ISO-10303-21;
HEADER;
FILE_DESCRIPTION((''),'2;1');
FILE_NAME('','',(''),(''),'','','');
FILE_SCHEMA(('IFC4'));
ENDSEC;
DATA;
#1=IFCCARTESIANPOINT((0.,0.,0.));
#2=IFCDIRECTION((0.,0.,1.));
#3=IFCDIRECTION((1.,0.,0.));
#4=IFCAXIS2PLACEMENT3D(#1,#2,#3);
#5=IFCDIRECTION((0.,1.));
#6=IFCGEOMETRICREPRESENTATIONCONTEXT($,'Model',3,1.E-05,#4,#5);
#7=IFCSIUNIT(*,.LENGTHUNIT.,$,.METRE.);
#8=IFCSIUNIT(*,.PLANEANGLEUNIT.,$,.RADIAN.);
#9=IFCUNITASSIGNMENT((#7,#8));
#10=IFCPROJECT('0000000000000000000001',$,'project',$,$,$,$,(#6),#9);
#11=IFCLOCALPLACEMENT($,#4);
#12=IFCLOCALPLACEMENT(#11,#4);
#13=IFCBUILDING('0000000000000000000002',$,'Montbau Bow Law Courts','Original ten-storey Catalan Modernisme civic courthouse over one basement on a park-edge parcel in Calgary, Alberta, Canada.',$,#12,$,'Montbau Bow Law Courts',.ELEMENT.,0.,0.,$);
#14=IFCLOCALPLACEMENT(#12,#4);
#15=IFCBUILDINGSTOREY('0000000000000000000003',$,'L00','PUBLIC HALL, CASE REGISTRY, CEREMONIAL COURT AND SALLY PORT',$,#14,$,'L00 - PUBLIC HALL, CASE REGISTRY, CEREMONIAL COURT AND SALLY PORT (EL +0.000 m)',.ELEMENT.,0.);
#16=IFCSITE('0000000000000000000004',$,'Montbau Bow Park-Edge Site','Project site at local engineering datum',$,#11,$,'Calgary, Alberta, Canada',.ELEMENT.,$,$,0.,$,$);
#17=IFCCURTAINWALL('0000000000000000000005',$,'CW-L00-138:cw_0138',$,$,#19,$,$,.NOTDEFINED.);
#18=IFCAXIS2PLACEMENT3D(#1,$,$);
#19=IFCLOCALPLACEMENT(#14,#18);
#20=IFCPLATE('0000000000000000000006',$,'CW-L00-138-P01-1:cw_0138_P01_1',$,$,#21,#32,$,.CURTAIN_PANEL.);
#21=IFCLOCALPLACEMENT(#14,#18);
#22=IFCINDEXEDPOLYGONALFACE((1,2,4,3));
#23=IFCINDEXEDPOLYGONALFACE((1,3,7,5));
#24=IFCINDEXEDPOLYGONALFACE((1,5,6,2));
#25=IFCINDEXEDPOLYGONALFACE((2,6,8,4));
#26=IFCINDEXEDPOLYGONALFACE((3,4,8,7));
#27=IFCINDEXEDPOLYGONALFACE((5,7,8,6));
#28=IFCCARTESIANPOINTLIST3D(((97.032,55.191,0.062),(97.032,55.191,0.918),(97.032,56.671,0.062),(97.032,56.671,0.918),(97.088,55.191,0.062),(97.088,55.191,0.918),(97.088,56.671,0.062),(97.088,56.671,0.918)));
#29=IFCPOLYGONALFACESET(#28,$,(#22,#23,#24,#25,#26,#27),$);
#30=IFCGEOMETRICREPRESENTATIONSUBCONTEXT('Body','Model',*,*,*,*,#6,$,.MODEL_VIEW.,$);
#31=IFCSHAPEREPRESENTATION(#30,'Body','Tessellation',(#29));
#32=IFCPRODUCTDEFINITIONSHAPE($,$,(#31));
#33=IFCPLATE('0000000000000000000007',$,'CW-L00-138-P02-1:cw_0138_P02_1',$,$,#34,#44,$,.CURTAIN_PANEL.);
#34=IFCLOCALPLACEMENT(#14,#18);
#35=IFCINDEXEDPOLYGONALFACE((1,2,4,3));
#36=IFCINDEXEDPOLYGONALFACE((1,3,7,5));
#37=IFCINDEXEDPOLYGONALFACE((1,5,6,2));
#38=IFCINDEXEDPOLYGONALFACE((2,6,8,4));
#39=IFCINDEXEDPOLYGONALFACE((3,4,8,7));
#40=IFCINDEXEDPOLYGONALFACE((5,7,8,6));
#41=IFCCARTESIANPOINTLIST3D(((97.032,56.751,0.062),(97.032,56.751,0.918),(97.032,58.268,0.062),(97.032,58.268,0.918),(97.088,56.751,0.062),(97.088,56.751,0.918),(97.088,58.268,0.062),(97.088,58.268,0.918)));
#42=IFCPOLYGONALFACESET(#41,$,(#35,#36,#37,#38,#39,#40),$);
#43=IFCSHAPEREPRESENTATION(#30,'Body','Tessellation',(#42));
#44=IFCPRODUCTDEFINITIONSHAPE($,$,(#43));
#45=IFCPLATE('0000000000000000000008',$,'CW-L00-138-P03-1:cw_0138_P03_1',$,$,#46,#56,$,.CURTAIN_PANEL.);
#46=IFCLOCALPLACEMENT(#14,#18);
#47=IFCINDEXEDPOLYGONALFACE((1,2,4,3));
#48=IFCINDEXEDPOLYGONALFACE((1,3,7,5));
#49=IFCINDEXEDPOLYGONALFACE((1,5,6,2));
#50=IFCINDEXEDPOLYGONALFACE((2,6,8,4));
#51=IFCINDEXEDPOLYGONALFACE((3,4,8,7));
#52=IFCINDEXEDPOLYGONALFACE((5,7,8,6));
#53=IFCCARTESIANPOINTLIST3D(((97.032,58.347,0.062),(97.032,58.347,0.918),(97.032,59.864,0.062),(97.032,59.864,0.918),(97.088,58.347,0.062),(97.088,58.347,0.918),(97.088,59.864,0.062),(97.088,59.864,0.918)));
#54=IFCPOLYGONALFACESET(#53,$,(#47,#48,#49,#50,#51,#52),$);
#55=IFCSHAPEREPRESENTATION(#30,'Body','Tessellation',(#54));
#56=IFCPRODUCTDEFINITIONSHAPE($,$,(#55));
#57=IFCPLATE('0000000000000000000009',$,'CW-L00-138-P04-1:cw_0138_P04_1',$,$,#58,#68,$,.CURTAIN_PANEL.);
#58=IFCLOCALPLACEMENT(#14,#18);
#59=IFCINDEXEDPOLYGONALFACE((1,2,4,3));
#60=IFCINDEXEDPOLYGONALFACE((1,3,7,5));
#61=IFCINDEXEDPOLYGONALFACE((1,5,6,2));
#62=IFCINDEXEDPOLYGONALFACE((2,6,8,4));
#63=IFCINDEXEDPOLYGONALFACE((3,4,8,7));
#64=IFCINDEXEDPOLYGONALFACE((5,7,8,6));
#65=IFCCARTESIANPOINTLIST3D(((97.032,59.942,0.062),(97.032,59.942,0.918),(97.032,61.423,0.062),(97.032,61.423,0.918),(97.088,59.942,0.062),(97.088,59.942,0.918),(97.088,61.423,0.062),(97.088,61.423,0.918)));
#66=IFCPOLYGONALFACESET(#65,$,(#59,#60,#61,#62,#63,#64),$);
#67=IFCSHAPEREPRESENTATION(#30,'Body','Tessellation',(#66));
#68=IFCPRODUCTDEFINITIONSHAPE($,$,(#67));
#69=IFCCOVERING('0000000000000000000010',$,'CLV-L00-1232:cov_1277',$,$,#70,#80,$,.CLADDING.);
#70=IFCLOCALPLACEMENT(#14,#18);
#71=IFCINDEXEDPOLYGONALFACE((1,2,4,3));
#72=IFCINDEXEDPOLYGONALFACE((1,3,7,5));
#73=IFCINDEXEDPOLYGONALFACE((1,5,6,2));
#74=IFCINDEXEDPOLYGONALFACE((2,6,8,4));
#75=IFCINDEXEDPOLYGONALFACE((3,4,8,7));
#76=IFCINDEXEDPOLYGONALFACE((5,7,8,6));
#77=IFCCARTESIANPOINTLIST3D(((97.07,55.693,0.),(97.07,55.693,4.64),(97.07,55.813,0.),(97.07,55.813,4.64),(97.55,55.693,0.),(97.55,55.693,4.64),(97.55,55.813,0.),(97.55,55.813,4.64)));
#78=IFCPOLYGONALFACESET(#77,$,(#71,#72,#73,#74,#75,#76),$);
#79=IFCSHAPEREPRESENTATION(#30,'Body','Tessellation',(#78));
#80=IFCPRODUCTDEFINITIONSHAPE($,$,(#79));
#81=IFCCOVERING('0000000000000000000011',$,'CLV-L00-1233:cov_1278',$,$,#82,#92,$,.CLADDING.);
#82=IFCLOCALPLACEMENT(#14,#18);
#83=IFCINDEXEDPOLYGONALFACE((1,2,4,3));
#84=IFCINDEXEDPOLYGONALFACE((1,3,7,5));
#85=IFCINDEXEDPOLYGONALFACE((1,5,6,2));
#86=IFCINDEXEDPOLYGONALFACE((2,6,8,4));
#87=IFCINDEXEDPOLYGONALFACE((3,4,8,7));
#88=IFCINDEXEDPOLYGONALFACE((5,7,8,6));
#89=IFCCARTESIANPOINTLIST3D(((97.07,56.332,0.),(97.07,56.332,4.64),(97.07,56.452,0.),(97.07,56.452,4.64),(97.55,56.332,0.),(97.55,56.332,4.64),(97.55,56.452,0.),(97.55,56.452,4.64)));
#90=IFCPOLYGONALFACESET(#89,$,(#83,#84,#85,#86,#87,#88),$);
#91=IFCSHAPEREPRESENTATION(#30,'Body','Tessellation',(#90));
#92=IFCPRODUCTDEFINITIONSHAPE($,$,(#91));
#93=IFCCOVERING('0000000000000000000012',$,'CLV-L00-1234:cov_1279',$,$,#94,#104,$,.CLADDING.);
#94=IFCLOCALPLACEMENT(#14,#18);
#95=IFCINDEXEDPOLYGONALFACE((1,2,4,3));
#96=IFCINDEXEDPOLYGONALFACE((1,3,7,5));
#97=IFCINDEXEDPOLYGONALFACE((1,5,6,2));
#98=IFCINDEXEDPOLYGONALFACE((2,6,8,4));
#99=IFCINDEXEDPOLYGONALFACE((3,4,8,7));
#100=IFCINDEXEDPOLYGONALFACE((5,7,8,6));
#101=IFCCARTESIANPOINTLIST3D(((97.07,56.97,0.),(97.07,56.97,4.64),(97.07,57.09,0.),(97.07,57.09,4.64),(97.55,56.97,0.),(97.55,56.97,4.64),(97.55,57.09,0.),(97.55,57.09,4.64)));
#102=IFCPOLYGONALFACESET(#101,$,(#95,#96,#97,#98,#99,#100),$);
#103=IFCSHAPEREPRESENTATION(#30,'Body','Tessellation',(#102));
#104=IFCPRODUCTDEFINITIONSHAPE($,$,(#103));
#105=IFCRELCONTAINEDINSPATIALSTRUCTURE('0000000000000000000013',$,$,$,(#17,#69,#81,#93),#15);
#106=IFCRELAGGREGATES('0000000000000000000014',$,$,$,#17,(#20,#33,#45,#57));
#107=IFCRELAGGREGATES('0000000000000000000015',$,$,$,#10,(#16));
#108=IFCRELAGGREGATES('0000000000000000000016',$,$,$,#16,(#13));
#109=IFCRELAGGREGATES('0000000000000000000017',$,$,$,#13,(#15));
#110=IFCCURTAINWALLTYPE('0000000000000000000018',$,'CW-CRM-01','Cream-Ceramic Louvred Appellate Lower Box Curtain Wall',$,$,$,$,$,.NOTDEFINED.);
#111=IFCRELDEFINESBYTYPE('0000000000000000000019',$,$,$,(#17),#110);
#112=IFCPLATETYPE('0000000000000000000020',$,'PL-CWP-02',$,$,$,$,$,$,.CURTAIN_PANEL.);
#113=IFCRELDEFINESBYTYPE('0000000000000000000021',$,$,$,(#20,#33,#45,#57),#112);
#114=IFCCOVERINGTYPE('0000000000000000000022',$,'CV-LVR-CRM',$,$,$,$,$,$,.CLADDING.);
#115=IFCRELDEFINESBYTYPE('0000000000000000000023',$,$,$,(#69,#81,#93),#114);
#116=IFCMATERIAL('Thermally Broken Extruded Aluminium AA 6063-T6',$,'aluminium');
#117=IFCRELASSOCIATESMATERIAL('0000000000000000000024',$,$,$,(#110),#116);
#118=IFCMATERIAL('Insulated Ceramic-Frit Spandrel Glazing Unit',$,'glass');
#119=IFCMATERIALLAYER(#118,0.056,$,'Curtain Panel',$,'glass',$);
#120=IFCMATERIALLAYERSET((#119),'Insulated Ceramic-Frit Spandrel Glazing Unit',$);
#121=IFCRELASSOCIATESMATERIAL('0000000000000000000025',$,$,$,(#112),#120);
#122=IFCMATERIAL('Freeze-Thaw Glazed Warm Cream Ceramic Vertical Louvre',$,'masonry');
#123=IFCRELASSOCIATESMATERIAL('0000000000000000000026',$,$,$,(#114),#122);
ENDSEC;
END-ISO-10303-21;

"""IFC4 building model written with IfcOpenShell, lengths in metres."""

from ifc_helpers import new_model, si_unit, direction, frame, frame_2d, origin_with_axes, place, context, subcontext, project, spatial, rectangle, extrude, material, layer, layer_set, type_object, element, aggregate, save


model = new_model("IFC4")

# Units and contexts
model_context = context("Model", 3, precision=1e-05, world=origin_with_axes(), true_north=direction((0.0, 1.0)))
body_context = subcontext(model_context, "Body", "Model", "MODEL_VIEW")
ifc_project = project(units=[si_unit("LENGTHUNIT", "METRE"), si_unit("PLANEANGLEUNIT", "RADIAN")], contexts=[model_context])

# Site, building, storey
site_placement = place(None, origin_with_axes())
site = spatial("IfcSite", under=ifc_project, at=site_placement, Name="Montbau Bow Park-Edge Site", Description="Project site at local engineering datum", LongName="Calgary, Alberta, Canada", CompositionType="ELEMENT", RefElevation=0.0)
building_placement = place(site_placement, origin_with_axes())
building = spatial("IfcBuilding", under=site, at=building_placement, Name="Montbau Bow Law Courts", Description="Original ten-storey Catalan Modernisme civic courthouse over one basement on a park-edge parcel in Calgary, Alberta, Canada.", LongName="Montbau Bow Law Courts", CompositionType="ELEMENT", ElevationOfRefHeight=0.0, ElevationOfTerrain=0.0)
storey_placement = place(building_placement, origin_with_axes())
storey = spatial("IfcBuildingStorey", under=building, at=storey_placement, Name="L00", Description="PUBLIC HALL, CASE REGISTRY, CEREMONIAL COURT AND SALLY PORT", LongName="L00 - PUBLIC HALL, CASE REGISTRY, CEREMONIAL COURT AND SALLY PORT (EL +0.000 m)", CompositionType="ELEMENT", Elevation=0.0)

# Curtain wall
ifc_material_1 = material(Name="Thermally Broken Extruded Aluminium AA 6063-T6", Category="aluminium")
curtain_wall_type = type_object("IfcCurtainWallType", Name="CW-CRM-01", Description="Cream-Ceramic Louvred Appellate Lower Box Curtain Wall", PredefinedType="NOTDEFINED", material=ifc_material_1)
curtain_wall_1_placement = place(None, frame((97.06, 55.115, 0.0), z_axis=(0.0, 0.0, 1.0), x_axis=(1.0, 0.0, 0.0)))
curtain_wall_1 = element("IfcCurtainWall", 1, at=curtain_wall_1_placement, inside=storey, type_object=curtain_wall_type, Name="CW-L00-138:cw_0138", PredefinedType="NOTDEFINED")

# Plates
ifc_material_2 = material(Name="Insulated Ceramic-Frit Spandrel Glazing Unit", Category="glass")
ifc_layer_1 = layer(ifc_material_2, 0.056, Name="Curtain Panel", Category="glass")
ifc_layer_set_1 = layer_set([ifc_layer_1], Name="Insulated Ceramic-Frit Spandrel Glazing Unit")
plate_type_1 = type_object("IfcPlateType", Name="PL-CWP-02", PredefinedType="CURTAIN_PANEL", material=ifc_layer_set_1)
plate_1_placement = place(None, frame((97.06, 55.191, 0.062), z_axis=(1.0, 0.0, 0.0), x_axis=(0.0, 1.0, 0.0)))
plate_1 = element("IfcPlate", 2, at=plate_1_placement, type_object=plate_type_1, Name="CW-L00-138-P01-1:cw_0138_P01_1", PredefinedType="CURTAIN_PANEL", context=body_context, shape_type="SweptSolid", body=[
    extrude(rectangle(XDim=1.48, YDim=0.856, at=frame_2d((0.74, 0.428), x_axis=(1.0, 0.0))), frame((0.0, 0.0, -0.028), z_axis=(0.0, 0.0, 1.0), x_axis=(1.0, 0.0, 0.0)), (0.0, 0.0, 1.0), 0.056),
])
plate_2_placement = place(None, frame((97.06, 56.751, 0.062), z_axis=(1.0, 0.0, 0.0), x_axis=(0.0, 1.0, 0.0)))
plate_2 = element("IfcPlate", 3, at=plate_2_placement, type_object=plate_type_1, Name="CW-L00-138-P02-1:cw_0138_P02_1", PredefinedType="CURTAIN_PANEL", context=body_context, shape_type="SweptSolid", body=[
    extrude(rectangle(XDim=1.517, YDim=0.856, at=frame_2d((0.7585, 0.428), x_axis=(1.0, 0.0))), frame((0.0, 0.0, -0.028), z_axis=(0.0, 0.0, 1.0), x_axis=(1.0, 0.0, 0.0)), (0.0, 0.0, 1.0), 0.056),
])
plate_3_placement = place(None, frame((97.06, 58.347, 0.062), z_axis=(1.0, 0.0, 0.0), x_axis=(0.0, 1.0, 0.0)))
plate_3 = element("IfcPlate", 4, at=plate_3_placement, type_object=plate_type_1, Name="CW-L00-138-P03-1:cw_0138_P03_1", PredefinedType="CURTAIN_PANEL", context=body_context, shape_type="SweptSolid", body=[
    extrude(rectangle(XDim=1.517, YDim=0.856, at=frame_2d((0.7585, 0.428), x_axis=(1.0, 0.0))), frame((0.0, 0.0, -0.028), z_axis=(0.0, 0.0, 1.0), x_axis=(1.0, 0.0, 0.0)), (0.0, 0.0, 1.0), 0.056),
])
plate_4_placement = place(None, frame((97.06, 59.942, 0.062), z_axis=(1.0, 0.0, 0.0), x_axis=(0.0, 1.0, 0.0)))
plate_4 = element("IfcPlate", 5, at=plate_4_placement, type_object=plate_type_1, Name="CW-L00-138-P04-1:cw_0138_P04_1", PredefinedType="CURTAIN_PANEL", context=body_context, shape_type="SweptSolid", body=[
    extrude(rectangle(XDim=1.481, YDim=0.856, at=frame_2d((0.7405, 0.428), x_axis=(1.0, 0.0))), frame((0.0, 0.0, -0.028), z_axis=(0.0, 0.0, 1.0), x_axis=(1.0, 0.0, 0.0)), (0.0, 0.0, 1.0), 0.056),
])
aggregate(curtain_wall_1, [plate_1, plate_2, plate_3, plate_4])

# Coverings
ifc_material_3 = material(Name="Freeze-Thaw Glazed Warm Cream Ceramic Vertical Louvre", Category="masonry")
covering_type = type_object("IfcCoveringType", Name="CV-LVR-CRM", PredefinedType="CLADDING", material=ifc_material_3)
for number, where, z_axis, x_axis, name in (
    (6, (97.07, 55.753, 0.0), (0.0, -1.0, 0.0), (1.0, 0.0, 0.0), "CLV-L00-1232:cov_1277"),
    (7, (97.07, 56.392, 0.0), (0.0, -1.0, 0.0), (1.0, 0.0, 0.0), "CLV-L00-1233:cov_1278"),
    (8, (97.07, 57.03, 0.0), (0.0, -1.0, 0.0), (1.0, 0.0, 0.0), "CLV-L00-1234:cov_1279"),
):
    element("IfcCovering", number, at=place(None, frame(where, z_axis=z_axis, x_axis=x_axis)), inside=storey, type_object=covering_type, Name=name, PredefinedType="CLADDING", context=body_context, shape_type="SweptSolid", body=[
        extrude(rectangle(XDim=0.48, YDim=4.64, at=frame_2d((0.24, 2.32), x_axis=(1.0, 0.0))), frame((0.0, 0.0, -0.06), z_axis=(0.0, 0.0, 1.0), x_axis=(1.0, 0.0, 0.0)), (0.0, 0.0, 1.0), 0.12),
    ])

save(model, "model.ifc")
